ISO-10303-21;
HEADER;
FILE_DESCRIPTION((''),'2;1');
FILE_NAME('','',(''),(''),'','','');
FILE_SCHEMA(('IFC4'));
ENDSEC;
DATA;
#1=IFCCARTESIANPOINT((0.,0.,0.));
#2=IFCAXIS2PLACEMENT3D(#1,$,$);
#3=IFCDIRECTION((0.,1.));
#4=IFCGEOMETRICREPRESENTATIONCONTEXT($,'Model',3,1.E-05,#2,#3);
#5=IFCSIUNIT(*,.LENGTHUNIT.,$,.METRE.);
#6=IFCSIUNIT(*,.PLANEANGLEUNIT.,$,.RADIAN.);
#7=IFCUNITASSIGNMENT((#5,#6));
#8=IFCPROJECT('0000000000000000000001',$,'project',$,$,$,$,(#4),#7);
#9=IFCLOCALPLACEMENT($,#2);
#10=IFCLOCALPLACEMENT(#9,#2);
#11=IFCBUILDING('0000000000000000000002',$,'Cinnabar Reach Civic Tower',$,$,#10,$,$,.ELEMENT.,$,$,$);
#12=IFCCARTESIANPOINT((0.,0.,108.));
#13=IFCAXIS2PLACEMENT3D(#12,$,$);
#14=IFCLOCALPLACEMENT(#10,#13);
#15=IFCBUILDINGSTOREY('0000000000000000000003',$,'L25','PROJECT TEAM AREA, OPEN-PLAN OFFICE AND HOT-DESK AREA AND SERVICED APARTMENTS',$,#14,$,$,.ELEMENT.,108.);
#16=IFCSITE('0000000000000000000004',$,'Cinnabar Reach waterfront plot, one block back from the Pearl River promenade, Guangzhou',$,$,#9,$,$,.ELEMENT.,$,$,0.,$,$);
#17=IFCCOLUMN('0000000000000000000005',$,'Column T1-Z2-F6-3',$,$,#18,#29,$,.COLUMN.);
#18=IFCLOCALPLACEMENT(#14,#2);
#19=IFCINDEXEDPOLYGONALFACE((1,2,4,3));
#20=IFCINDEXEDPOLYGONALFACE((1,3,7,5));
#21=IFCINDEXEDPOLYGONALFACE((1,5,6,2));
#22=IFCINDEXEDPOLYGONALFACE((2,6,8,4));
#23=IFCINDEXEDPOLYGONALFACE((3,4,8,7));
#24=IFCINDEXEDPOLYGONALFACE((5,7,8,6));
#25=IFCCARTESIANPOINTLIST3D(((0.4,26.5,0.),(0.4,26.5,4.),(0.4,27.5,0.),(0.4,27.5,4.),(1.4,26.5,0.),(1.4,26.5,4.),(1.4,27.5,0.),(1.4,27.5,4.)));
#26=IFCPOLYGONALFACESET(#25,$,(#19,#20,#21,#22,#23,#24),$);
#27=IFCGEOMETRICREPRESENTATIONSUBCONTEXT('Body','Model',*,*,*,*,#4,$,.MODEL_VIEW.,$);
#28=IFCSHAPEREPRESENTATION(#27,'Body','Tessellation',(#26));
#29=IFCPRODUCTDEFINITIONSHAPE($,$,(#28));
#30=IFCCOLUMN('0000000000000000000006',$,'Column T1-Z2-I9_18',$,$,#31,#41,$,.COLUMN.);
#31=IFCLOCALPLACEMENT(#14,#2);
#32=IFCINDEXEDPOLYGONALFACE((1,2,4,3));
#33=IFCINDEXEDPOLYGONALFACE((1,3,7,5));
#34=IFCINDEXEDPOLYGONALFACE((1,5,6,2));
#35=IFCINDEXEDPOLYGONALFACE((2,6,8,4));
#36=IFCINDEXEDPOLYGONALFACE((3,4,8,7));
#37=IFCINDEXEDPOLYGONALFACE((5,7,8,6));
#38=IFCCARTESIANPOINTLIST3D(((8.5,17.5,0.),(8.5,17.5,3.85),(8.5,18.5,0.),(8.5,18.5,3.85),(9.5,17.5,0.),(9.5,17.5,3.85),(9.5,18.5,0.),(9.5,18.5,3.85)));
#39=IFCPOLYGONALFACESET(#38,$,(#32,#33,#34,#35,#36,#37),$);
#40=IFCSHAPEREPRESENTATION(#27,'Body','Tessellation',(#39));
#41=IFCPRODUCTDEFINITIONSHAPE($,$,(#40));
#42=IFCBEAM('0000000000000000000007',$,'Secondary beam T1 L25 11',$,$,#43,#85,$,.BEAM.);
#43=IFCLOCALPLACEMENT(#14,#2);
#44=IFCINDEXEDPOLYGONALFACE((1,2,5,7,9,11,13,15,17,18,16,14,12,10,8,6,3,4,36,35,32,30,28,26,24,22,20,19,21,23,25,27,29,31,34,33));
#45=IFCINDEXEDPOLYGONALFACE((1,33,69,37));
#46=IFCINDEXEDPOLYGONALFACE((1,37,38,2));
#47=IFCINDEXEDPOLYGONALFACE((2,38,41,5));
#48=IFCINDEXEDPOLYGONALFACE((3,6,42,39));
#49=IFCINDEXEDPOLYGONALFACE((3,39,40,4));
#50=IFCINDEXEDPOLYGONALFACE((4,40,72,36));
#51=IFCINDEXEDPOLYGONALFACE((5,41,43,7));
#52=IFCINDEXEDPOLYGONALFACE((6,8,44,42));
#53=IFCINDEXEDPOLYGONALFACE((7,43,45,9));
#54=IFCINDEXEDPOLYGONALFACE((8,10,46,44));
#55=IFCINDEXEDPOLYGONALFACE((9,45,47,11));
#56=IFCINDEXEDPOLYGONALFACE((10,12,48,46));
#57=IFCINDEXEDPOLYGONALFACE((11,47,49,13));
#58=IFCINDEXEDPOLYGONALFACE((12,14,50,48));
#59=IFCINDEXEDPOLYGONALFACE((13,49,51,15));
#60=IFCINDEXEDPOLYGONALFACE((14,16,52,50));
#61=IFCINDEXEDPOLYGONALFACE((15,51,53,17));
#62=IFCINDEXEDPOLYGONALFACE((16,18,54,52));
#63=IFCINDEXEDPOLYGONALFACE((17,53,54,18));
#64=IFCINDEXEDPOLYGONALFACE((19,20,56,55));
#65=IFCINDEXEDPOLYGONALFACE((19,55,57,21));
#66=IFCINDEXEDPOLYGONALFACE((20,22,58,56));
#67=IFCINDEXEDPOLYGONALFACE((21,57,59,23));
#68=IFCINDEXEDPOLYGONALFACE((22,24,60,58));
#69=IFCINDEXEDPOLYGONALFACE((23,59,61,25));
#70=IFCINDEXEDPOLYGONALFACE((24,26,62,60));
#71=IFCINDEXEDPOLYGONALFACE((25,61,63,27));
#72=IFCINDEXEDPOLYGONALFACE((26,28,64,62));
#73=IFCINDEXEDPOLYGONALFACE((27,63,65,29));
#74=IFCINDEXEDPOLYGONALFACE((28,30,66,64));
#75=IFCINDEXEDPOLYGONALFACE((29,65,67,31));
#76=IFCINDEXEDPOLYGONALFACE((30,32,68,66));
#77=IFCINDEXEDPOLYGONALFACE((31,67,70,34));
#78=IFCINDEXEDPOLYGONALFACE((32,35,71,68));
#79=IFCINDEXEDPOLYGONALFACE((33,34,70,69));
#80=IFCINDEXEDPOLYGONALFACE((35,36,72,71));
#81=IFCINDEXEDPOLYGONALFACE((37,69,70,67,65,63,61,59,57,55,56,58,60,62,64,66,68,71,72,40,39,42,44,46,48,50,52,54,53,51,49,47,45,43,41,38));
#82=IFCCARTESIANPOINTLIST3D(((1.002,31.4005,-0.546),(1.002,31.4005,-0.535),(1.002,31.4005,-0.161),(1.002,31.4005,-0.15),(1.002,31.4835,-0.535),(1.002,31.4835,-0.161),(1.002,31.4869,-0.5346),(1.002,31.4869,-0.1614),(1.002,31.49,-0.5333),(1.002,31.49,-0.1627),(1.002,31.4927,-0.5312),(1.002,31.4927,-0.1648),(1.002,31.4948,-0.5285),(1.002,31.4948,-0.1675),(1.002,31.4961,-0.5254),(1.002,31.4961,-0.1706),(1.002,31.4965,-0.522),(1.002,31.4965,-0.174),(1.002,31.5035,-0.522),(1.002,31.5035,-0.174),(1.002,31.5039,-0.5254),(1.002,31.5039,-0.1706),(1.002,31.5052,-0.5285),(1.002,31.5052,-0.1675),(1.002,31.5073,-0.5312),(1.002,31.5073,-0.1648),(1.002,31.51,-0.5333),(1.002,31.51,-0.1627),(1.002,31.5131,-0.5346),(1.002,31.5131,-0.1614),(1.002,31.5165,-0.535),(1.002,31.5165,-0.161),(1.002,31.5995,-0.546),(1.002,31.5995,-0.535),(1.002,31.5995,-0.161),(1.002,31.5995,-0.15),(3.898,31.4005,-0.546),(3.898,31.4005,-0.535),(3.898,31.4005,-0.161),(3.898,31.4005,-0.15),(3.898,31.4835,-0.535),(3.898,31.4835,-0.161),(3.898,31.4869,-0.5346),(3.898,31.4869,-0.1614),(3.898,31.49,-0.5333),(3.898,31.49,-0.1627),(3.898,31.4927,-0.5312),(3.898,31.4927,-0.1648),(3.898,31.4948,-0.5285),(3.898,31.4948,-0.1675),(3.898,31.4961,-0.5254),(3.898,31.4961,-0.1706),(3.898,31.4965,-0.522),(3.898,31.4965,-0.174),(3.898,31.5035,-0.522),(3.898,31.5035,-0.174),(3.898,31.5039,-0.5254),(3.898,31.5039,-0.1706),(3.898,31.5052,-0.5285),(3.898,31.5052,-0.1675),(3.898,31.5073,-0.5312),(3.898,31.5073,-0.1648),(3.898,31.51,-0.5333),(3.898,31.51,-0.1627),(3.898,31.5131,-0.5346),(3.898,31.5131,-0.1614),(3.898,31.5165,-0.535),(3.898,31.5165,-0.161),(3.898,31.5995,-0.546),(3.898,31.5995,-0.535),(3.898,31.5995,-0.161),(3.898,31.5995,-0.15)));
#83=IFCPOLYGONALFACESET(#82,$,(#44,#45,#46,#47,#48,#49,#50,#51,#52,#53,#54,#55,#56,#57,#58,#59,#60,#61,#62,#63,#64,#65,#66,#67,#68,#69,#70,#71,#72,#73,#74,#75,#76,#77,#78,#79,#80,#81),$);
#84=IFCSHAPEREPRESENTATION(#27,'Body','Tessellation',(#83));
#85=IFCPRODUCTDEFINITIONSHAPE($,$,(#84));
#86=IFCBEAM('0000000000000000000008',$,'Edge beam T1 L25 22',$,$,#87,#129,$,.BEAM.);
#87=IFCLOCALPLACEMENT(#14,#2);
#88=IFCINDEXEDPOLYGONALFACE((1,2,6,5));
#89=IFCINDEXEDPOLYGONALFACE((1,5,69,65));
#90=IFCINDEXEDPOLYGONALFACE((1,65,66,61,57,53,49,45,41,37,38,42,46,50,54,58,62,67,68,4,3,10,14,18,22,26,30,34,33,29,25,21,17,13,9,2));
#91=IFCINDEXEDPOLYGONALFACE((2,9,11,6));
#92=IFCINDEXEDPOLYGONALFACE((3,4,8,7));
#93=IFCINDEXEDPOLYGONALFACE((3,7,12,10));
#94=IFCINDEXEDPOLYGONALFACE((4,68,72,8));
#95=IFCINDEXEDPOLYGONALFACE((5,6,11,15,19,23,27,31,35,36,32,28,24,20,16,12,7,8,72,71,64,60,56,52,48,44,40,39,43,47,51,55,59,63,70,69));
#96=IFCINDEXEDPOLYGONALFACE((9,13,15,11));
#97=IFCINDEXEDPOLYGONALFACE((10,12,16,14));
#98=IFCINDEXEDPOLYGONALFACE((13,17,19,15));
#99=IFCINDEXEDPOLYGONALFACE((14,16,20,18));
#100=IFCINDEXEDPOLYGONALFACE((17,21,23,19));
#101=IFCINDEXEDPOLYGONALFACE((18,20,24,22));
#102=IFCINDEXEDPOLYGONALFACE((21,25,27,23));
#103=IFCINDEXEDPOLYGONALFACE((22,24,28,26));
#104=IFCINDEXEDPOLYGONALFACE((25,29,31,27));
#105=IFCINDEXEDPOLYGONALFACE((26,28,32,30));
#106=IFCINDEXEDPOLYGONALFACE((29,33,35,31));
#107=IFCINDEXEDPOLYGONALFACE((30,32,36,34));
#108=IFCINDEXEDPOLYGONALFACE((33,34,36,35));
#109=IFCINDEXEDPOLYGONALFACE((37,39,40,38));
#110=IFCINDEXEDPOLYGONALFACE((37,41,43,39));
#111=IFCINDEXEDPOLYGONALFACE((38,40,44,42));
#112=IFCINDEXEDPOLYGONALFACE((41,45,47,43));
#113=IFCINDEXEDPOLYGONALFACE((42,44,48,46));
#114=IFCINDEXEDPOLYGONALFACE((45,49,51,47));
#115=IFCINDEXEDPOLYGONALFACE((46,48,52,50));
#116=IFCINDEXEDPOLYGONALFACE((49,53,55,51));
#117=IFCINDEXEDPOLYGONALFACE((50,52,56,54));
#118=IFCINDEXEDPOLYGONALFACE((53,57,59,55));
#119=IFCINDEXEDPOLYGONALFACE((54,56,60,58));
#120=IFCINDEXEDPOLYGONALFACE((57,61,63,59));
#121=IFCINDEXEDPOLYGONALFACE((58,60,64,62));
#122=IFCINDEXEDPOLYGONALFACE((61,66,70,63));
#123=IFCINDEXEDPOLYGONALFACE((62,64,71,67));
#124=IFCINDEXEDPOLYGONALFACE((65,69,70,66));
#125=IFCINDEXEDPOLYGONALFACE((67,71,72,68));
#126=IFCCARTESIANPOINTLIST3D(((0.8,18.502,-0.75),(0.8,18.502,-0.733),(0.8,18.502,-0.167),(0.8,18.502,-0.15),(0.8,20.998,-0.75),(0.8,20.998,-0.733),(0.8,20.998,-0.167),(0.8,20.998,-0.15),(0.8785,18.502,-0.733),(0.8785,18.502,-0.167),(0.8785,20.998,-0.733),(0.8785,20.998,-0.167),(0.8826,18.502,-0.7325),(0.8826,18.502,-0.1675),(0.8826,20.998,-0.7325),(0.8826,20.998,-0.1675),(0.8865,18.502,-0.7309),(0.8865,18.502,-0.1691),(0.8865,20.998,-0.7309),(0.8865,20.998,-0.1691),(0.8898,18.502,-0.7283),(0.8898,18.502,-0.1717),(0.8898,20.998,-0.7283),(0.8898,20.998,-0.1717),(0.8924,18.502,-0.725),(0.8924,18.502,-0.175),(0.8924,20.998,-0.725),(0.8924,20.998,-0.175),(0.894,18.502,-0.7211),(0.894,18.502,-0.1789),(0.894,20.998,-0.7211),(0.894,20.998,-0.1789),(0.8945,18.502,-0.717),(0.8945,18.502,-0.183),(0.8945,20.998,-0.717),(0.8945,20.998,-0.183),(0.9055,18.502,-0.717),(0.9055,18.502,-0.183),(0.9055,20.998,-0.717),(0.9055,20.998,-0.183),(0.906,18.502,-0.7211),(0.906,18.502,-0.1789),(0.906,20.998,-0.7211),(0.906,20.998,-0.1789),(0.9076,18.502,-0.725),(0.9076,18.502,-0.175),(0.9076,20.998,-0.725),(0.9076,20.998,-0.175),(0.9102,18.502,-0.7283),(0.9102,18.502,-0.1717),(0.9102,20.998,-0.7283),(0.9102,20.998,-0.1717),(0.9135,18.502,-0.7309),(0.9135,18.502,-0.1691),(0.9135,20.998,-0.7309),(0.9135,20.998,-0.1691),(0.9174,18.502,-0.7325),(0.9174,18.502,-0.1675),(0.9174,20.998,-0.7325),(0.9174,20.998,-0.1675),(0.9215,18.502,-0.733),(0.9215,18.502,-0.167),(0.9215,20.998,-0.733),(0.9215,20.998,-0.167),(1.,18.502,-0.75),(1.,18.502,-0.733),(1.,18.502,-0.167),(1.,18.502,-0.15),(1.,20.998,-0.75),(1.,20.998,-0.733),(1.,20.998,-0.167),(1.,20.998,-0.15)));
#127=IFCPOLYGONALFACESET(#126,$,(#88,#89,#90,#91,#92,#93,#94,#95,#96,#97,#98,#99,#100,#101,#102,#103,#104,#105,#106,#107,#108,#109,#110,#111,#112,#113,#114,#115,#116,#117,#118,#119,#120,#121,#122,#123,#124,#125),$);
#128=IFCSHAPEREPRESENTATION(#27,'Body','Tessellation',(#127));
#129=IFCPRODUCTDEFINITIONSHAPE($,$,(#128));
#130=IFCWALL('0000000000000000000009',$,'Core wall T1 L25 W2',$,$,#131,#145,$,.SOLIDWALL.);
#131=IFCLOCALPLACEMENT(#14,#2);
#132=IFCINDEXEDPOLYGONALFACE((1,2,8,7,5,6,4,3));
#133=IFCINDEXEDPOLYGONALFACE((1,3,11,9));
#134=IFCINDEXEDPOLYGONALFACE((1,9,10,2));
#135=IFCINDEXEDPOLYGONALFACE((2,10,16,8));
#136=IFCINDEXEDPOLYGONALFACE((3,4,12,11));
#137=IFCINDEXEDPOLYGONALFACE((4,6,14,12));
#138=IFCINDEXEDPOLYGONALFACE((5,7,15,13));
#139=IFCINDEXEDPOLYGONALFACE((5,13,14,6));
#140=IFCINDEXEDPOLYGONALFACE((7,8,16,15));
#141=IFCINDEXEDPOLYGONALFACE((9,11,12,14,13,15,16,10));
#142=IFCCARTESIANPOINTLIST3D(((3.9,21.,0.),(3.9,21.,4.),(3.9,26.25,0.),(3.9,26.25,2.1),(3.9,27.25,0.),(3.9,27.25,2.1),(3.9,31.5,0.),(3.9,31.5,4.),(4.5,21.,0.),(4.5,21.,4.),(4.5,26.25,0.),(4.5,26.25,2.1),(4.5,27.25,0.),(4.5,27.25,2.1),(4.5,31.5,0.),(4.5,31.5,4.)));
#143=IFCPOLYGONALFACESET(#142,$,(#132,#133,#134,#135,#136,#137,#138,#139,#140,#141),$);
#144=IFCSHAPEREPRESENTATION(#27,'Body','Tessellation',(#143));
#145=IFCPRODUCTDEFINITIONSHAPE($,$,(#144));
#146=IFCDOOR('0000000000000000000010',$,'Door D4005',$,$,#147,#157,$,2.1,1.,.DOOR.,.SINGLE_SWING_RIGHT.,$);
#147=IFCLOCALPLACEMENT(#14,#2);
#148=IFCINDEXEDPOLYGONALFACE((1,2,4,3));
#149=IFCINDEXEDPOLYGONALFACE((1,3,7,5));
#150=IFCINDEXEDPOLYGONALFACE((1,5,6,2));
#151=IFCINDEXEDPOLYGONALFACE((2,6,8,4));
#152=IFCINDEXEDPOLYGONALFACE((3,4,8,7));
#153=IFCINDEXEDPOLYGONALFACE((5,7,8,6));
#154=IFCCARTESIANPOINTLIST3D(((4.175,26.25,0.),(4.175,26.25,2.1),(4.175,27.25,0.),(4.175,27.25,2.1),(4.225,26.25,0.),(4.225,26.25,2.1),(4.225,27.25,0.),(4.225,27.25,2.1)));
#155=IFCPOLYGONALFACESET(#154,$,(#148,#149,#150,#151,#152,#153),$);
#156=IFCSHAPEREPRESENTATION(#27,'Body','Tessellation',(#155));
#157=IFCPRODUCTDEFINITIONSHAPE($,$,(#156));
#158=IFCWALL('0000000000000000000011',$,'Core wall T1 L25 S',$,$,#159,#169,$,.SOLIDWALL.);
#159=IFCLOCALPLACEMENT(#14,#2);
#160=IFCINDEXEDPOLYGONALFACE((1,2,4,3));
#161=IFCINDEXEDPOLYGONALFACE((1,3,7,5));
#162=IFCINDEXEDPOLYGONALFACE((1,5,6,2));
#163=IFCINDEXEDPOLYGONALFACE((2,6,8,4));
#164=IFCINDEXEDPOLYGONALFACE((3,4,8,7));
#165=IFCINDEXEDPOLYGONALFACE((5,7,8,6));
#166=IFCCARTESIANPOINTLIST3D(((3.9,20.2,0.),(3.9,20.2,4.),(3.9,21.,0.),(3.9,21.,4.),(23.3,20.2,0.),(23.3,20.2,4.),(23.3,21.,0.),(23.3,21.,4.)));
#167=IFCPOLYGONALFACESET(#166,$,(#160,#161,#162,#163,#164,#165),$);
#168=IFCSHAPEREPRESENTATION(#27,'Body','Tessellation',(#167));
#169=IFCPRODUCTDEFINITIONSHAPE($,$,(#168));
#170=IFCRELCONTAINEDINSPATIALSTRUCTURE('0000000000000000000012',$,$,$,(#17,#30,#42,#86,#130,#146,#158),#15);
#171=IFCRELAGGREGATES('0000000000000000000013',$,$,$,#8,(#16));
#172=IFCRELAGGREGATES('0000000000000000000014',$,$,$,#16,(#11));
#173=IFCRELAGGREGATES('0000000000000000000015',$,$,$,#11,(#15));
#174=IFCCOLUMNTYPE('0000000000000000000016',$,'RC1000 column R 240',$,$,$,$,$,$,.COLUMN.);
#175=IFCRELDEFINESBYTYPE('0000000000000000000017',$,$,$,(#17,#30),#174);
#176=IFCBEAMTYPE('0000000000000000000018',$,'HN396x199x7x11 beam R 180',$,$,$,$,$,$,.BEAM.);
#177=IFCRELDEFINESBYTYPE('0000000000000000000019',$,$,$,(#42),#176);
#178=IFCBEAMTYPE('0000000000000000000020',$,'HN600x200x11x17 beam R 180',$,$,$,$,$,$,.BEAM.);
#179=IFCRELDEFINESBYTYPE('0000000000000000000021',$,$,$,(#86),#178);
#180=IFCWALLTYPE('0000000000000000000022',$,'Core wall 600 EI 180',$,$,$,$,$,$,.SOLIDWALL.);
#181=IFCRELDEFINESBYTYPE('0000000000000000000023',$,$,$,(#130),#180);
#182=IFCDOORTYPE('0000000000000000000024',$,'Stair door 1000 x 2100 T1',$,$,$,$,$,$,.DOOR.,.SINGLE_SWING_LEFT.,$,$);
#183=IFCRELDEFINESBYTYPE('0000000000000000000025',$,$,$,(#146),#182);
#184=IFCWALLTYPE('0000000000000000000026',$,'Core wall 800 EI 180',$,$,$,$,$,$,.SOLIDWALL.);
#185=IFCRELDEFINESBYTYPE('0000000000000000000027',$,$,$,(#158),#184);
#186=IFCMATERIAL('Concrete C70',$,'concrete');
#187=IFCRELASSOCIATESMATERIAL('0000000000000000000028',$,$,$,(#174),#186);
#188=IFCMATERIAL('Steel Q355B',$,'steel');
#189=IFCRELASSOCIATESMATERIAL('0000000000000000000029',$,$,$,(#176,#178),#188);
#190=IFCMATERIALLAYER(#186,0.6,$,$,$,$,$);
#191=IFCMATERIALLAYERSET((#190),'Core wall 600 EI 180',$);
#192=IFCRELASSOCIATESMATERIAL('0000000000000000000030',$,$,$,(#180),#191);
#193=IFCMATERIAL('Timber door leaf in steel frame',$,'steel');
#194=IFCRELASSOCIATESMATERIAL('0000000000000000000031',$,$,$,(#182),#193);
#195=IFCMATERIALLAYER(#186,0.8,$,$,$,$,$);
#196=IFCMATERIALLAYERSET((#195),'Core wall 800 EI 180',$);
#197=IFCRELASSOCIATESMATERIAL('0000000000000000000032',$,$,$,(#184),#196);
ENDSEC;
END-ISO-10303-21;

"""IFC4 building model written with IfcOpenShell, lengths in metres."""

from ifc_helpers import new_model, si_unit, direction, frame, frame_2d, origin, origin_2d, place, context, subcontext, project, spatial, rectangle, i_section, extrude, material, layer, layer_set, material_profile, profile_set, type_object, element, fill, save


model = new_model("IFC4")

# Units and contexts
model_context = context("Model", 3, precision=1e-05, world=origin(), true_north=direction((0.0, 1.0)))
body_context = subcontext(model_context, "Body", "Model", "MODEL_VIEW")
ifc_project = project(units=[si_unit("LENGTHUNIT", "METRE"), si_unit("PLANEANGLEUNIT", "RADIAN")], contexts=[model_context])

# Site, building, storey
site_placement = place(None, origin())
site = spatial("IfcSite", under=ifc_project, at=site_placement, Name="Cinnabar Reach waterfront plot, one block back from the Pearl River promenade, Guangzhou", CompositionType="ELEMENT", RefElevation=0.0)
building_placement = place(site_placement, origin())
building = spatial("IfcBuilding", under=site, at=building_placement, Name="Cinnabar Reach Civic Tower", CompositionType="ELEMENT")
storey_placement = place(building_placement, frame((0.0, 0.0, 108.0)))
storey = spatial("IfcBuildingStorey", under=building, at=storey_placement, Name="L25", Description="PROJECT TEAM AREA, OPEN-PLAN OFFICE AND HOT-DESK AREA AND SERVICED APARTMENTS", CompositionType="ELEMENT", Elevation=108.0)

# Columns
ifc_material_1 = material(Name="Concrete C70", Category="concrete")
ifc_material_profile_1 = material_profile(ifc_material_1, rectangle(XDim=1.0, YDim=1.0, at=origin_2d()), Name="RC1000")
ifc_profile_set_1 = profile_set([ifc_material_profile_1], Name="Concrete C70")
column_type = type_object("IfcColumnType", Name="RC1000 column R 240", PredefinedType="COLUMN", material=ifc_profile_set_1)
column_1_placement = place(storey_placement, frame((0.9, 27.0, 0.0), z_axis=(0.0, 0.0, 1.0), x_axis=(1.0, 0.0, 0.0)))
element("IfcColumn", 1, at=column_1_placement, inside=storey, type_object=column_type, Name="Column T1-Z2-F6-3", PredefinedType="COLUMN", context=body_context, shape_type="SweptSolid", body=[
    extrude(rectangle(XDim=1.0, YDim=1.0, at=origin_2d()), origin(), (0.0, 0.0, 1.0), 4.0),
])
column_2_placement = place(storey_placement, frame((9.0, 18.0, 0.0), z_axis=(0.0, 0.0, 1.0), x_axis=(1.0, 0.0, 0.0)))
element("IfcColumn", 2, at=column_2_placement, inside=storey, type_object=column_type, Name="Column T1-Z2-I9_18", PredefinedType="COLUMN", context=body_context, shape_type="SweptSolid", body=[
    extrude(rectangle(XDim=1.0, YDim=1.0, at=origin_2d()), origin(), (0.0, 0.0, 1.0), 3.85),
])

# Beams
ifc_material_2 = material(Name="Steel Q355B", Category="steel")
ifc_material_profile_2 = material_profile(ifc_material_2, i_section(OverallWidth=0.199, OverallDepth=0.396, WebThickness=0.007, FlangeThickness=0.011, FilletRadius=0.013, at=origin_2d()), Name="HN396x199x7x11")
ifc_profile_set_2 = profile_set([ifc_material_profile_2], Name="Steel Q355B")
beam_type_1 = type_object("IfcBeamType", Name="HN396x199x7x11 beam R 180", PredefinedType="BEAM", material=ifc_profile_set_2)
beam_1_placement = place(storey_placement, frame((1.002, 31.5, -0.348), z_axis=(1.0, 0.0, 0.0), x_axis=(0.0, 1.0, 0.0)))
element("IfcBeam", 3, at=beam_1_placement, inside=storey, type_object=beam_type_1, Name="Secondary beam T1 L25 11", PredefinedType="BEAM", context=body_context, shape_type="SweptSolid", body=[
    extrude(i_section(OverallWidth=0.199, OverallDepth=0.396, WebThickness=0.007, FlangeThickness=0.011, FilletRadius=0.013, at=origin_2d()), origin(), (0.0, 0.0, 1.0), 2.896),
])
ifc_material_profile_3 = material_profile(ifc_material_2, i_section(OverallWidth=0.2, OverallDepth=0.6, WebThickness=0.011, FlangeThickness=0.017, FilletRadius=0.016, at=origin_2d()), Name="HN600x200x11x17")
ifc_profile_set_3 = profile_set([ifc_material_profile_3], Name="Steel Q355B")
beam_type_2 = type_object("IfcBeamType", Name="HN600x200x11x17 beam R 180", PredefinedType="BEAM", material=ifc_profile_set_3)
beam_2_placement = place(storey_placement, frame((0.9, 20.998, -0.45), z_axis=(0.0, -1.0, 0.0), x_axis=(1.0, 0.0, 0.0)))
element("IfcBeam", 4, at=beam_2_placement, inside=storey, type_object=beam_type_2, Name="Edge beam T1 L25 22", PredefinedType="BEAM", context=body_context, shape_type="SweptSolid", body=[
    extrude(i_section(OverallWidth=0.2, OverallDepth=0.6, WebThickness=0.011, FlangeThickness=0.017, FilletRadius=0.016, at=origin_2d()), origin(), (0.0, 0.0, 1.0), 2.496),
])

# Wall, opening, door
ifc_layer_1 = layer(ifc_material_1, 0.6)
ifc_layer_set_1 = layer_set([ifc_layer_1], Name="Core wall 600 EI 180")
wall_type_1 = type_object("IfcWallType", Name="Core wall 600 EI 180", PredefinedType="SOLIDWALL", material=ifc_layer_set_1)
wall_1_placement = place(storey_placement, frame((4.2, 31.5, 0.0), z_axis=(0.0, 0.0, 1.0), x_axis=(0.0, -1.0, 0.0)))
wall_1 = element("IfcWall", 5, at=wall_1_placement, inside=storey, type_object=wall_type_1, Name="Core wall T1 L25 W2", PredefinedType="SOLIDWALL", context=body_context, shape_type="SweptSolid", body=[
    extrude(rectangle(XDim=10.5, YDim=0.6, at=frame_2d((5.25, 0.0))), origin(), (0.0, 0.0, 1.0), 4.0),
])
opening_1_placement = place(wall_1_placement, frame((4.25, 0.0, 0.0)))
opening_1 = element("IfcOpeningElement", 6, at=opening_1_placement, cuts=wall_1, PredefinedType="OPENING", context=body_context, shape_type="SweptSolid", body=[
    extrude(rectangle(XDim=1.0, YDim=2.1, at=frame_2d((0.5, 1.05))), frame((0.0, 0.31, 0.0), z_axis=(0.0, -1.0, 0.0), x_axis=(1.0, 0.0, 0.0)), (0.0, 0.0, 1.0), 0.62),
])
ifc_material_3 = material(Name="Timber door leaf in steel frame", Category="steel")
door_type_1 = type_object("IfcDoorType", Name="Stair door 1000 x 2100 T1", OperationType="SINGLE_SWING_LEFT", PredefinedType="DOOR", material=ifc_material_3)
door_1_placement = place(opening_1_placement, frame((1.0, 0.0, 0.0), z_axis=(0.0, 0.0, 1.0), x_axis=(-1.0, 0.0, 0.0)))
door_1 = element("IfcDoor", 7, at=door_1_placement, inside=storey, type_object=door_type_1, Name="Door D4005", OperationType="SINGLE_SWING_RIGHT", OverallHeight=2.1, OverallWidth=1.0, PredefinedType="DOOR", context=body_context, shape_type="SweptSolid", body=[
    extrude(rectangle(XDim=1.0, YDim=2.1, at=frame_2d((0.5, 1.05))), frame((0.0, 0.025, 0.0), z_axis=(0.0, -1.0, 0.0), x_axis=(1.0, 0.0, 0.0)), (0.0, 0.0, 1.0), 0.05),
])
fill(opening_1, door_1)

# Wall
ifc_layer_2 = layer(ifc_material_1, 0.8)
ifc_layer_set_2 = layer_set([ifc_layer_2], Name="Core wall 800 EI 180")
wall_type_2 = type_object("IfcWallType", Name="Core wall 800 EI 180", PredefinedType="SOLIDWALL", material=ifc_layer_set_2)
wall_2_placement = place(storey_placement, frame((3.9, 20.6, 0.0), z_axis=(0.0, 0.0, 1.0), x_axis=(1.0, 0.0, 0.0)))
element("IfcWall", 8, at=wall_2_placement, inside=storey, type_object=wall_type_2, Name="Core wall T1 L25 S", PredefinedType="SOLIDWALL", context=body_context, shape_type="SweptSolid", body=[
    extrude(rectangle(XDim=19.4, YDim=0.8, at=frame_2d((9.7, 0.0))), origin(), (0.0, 0.0, 1.0), 4.0),
])

save(model, "model.ifc")
